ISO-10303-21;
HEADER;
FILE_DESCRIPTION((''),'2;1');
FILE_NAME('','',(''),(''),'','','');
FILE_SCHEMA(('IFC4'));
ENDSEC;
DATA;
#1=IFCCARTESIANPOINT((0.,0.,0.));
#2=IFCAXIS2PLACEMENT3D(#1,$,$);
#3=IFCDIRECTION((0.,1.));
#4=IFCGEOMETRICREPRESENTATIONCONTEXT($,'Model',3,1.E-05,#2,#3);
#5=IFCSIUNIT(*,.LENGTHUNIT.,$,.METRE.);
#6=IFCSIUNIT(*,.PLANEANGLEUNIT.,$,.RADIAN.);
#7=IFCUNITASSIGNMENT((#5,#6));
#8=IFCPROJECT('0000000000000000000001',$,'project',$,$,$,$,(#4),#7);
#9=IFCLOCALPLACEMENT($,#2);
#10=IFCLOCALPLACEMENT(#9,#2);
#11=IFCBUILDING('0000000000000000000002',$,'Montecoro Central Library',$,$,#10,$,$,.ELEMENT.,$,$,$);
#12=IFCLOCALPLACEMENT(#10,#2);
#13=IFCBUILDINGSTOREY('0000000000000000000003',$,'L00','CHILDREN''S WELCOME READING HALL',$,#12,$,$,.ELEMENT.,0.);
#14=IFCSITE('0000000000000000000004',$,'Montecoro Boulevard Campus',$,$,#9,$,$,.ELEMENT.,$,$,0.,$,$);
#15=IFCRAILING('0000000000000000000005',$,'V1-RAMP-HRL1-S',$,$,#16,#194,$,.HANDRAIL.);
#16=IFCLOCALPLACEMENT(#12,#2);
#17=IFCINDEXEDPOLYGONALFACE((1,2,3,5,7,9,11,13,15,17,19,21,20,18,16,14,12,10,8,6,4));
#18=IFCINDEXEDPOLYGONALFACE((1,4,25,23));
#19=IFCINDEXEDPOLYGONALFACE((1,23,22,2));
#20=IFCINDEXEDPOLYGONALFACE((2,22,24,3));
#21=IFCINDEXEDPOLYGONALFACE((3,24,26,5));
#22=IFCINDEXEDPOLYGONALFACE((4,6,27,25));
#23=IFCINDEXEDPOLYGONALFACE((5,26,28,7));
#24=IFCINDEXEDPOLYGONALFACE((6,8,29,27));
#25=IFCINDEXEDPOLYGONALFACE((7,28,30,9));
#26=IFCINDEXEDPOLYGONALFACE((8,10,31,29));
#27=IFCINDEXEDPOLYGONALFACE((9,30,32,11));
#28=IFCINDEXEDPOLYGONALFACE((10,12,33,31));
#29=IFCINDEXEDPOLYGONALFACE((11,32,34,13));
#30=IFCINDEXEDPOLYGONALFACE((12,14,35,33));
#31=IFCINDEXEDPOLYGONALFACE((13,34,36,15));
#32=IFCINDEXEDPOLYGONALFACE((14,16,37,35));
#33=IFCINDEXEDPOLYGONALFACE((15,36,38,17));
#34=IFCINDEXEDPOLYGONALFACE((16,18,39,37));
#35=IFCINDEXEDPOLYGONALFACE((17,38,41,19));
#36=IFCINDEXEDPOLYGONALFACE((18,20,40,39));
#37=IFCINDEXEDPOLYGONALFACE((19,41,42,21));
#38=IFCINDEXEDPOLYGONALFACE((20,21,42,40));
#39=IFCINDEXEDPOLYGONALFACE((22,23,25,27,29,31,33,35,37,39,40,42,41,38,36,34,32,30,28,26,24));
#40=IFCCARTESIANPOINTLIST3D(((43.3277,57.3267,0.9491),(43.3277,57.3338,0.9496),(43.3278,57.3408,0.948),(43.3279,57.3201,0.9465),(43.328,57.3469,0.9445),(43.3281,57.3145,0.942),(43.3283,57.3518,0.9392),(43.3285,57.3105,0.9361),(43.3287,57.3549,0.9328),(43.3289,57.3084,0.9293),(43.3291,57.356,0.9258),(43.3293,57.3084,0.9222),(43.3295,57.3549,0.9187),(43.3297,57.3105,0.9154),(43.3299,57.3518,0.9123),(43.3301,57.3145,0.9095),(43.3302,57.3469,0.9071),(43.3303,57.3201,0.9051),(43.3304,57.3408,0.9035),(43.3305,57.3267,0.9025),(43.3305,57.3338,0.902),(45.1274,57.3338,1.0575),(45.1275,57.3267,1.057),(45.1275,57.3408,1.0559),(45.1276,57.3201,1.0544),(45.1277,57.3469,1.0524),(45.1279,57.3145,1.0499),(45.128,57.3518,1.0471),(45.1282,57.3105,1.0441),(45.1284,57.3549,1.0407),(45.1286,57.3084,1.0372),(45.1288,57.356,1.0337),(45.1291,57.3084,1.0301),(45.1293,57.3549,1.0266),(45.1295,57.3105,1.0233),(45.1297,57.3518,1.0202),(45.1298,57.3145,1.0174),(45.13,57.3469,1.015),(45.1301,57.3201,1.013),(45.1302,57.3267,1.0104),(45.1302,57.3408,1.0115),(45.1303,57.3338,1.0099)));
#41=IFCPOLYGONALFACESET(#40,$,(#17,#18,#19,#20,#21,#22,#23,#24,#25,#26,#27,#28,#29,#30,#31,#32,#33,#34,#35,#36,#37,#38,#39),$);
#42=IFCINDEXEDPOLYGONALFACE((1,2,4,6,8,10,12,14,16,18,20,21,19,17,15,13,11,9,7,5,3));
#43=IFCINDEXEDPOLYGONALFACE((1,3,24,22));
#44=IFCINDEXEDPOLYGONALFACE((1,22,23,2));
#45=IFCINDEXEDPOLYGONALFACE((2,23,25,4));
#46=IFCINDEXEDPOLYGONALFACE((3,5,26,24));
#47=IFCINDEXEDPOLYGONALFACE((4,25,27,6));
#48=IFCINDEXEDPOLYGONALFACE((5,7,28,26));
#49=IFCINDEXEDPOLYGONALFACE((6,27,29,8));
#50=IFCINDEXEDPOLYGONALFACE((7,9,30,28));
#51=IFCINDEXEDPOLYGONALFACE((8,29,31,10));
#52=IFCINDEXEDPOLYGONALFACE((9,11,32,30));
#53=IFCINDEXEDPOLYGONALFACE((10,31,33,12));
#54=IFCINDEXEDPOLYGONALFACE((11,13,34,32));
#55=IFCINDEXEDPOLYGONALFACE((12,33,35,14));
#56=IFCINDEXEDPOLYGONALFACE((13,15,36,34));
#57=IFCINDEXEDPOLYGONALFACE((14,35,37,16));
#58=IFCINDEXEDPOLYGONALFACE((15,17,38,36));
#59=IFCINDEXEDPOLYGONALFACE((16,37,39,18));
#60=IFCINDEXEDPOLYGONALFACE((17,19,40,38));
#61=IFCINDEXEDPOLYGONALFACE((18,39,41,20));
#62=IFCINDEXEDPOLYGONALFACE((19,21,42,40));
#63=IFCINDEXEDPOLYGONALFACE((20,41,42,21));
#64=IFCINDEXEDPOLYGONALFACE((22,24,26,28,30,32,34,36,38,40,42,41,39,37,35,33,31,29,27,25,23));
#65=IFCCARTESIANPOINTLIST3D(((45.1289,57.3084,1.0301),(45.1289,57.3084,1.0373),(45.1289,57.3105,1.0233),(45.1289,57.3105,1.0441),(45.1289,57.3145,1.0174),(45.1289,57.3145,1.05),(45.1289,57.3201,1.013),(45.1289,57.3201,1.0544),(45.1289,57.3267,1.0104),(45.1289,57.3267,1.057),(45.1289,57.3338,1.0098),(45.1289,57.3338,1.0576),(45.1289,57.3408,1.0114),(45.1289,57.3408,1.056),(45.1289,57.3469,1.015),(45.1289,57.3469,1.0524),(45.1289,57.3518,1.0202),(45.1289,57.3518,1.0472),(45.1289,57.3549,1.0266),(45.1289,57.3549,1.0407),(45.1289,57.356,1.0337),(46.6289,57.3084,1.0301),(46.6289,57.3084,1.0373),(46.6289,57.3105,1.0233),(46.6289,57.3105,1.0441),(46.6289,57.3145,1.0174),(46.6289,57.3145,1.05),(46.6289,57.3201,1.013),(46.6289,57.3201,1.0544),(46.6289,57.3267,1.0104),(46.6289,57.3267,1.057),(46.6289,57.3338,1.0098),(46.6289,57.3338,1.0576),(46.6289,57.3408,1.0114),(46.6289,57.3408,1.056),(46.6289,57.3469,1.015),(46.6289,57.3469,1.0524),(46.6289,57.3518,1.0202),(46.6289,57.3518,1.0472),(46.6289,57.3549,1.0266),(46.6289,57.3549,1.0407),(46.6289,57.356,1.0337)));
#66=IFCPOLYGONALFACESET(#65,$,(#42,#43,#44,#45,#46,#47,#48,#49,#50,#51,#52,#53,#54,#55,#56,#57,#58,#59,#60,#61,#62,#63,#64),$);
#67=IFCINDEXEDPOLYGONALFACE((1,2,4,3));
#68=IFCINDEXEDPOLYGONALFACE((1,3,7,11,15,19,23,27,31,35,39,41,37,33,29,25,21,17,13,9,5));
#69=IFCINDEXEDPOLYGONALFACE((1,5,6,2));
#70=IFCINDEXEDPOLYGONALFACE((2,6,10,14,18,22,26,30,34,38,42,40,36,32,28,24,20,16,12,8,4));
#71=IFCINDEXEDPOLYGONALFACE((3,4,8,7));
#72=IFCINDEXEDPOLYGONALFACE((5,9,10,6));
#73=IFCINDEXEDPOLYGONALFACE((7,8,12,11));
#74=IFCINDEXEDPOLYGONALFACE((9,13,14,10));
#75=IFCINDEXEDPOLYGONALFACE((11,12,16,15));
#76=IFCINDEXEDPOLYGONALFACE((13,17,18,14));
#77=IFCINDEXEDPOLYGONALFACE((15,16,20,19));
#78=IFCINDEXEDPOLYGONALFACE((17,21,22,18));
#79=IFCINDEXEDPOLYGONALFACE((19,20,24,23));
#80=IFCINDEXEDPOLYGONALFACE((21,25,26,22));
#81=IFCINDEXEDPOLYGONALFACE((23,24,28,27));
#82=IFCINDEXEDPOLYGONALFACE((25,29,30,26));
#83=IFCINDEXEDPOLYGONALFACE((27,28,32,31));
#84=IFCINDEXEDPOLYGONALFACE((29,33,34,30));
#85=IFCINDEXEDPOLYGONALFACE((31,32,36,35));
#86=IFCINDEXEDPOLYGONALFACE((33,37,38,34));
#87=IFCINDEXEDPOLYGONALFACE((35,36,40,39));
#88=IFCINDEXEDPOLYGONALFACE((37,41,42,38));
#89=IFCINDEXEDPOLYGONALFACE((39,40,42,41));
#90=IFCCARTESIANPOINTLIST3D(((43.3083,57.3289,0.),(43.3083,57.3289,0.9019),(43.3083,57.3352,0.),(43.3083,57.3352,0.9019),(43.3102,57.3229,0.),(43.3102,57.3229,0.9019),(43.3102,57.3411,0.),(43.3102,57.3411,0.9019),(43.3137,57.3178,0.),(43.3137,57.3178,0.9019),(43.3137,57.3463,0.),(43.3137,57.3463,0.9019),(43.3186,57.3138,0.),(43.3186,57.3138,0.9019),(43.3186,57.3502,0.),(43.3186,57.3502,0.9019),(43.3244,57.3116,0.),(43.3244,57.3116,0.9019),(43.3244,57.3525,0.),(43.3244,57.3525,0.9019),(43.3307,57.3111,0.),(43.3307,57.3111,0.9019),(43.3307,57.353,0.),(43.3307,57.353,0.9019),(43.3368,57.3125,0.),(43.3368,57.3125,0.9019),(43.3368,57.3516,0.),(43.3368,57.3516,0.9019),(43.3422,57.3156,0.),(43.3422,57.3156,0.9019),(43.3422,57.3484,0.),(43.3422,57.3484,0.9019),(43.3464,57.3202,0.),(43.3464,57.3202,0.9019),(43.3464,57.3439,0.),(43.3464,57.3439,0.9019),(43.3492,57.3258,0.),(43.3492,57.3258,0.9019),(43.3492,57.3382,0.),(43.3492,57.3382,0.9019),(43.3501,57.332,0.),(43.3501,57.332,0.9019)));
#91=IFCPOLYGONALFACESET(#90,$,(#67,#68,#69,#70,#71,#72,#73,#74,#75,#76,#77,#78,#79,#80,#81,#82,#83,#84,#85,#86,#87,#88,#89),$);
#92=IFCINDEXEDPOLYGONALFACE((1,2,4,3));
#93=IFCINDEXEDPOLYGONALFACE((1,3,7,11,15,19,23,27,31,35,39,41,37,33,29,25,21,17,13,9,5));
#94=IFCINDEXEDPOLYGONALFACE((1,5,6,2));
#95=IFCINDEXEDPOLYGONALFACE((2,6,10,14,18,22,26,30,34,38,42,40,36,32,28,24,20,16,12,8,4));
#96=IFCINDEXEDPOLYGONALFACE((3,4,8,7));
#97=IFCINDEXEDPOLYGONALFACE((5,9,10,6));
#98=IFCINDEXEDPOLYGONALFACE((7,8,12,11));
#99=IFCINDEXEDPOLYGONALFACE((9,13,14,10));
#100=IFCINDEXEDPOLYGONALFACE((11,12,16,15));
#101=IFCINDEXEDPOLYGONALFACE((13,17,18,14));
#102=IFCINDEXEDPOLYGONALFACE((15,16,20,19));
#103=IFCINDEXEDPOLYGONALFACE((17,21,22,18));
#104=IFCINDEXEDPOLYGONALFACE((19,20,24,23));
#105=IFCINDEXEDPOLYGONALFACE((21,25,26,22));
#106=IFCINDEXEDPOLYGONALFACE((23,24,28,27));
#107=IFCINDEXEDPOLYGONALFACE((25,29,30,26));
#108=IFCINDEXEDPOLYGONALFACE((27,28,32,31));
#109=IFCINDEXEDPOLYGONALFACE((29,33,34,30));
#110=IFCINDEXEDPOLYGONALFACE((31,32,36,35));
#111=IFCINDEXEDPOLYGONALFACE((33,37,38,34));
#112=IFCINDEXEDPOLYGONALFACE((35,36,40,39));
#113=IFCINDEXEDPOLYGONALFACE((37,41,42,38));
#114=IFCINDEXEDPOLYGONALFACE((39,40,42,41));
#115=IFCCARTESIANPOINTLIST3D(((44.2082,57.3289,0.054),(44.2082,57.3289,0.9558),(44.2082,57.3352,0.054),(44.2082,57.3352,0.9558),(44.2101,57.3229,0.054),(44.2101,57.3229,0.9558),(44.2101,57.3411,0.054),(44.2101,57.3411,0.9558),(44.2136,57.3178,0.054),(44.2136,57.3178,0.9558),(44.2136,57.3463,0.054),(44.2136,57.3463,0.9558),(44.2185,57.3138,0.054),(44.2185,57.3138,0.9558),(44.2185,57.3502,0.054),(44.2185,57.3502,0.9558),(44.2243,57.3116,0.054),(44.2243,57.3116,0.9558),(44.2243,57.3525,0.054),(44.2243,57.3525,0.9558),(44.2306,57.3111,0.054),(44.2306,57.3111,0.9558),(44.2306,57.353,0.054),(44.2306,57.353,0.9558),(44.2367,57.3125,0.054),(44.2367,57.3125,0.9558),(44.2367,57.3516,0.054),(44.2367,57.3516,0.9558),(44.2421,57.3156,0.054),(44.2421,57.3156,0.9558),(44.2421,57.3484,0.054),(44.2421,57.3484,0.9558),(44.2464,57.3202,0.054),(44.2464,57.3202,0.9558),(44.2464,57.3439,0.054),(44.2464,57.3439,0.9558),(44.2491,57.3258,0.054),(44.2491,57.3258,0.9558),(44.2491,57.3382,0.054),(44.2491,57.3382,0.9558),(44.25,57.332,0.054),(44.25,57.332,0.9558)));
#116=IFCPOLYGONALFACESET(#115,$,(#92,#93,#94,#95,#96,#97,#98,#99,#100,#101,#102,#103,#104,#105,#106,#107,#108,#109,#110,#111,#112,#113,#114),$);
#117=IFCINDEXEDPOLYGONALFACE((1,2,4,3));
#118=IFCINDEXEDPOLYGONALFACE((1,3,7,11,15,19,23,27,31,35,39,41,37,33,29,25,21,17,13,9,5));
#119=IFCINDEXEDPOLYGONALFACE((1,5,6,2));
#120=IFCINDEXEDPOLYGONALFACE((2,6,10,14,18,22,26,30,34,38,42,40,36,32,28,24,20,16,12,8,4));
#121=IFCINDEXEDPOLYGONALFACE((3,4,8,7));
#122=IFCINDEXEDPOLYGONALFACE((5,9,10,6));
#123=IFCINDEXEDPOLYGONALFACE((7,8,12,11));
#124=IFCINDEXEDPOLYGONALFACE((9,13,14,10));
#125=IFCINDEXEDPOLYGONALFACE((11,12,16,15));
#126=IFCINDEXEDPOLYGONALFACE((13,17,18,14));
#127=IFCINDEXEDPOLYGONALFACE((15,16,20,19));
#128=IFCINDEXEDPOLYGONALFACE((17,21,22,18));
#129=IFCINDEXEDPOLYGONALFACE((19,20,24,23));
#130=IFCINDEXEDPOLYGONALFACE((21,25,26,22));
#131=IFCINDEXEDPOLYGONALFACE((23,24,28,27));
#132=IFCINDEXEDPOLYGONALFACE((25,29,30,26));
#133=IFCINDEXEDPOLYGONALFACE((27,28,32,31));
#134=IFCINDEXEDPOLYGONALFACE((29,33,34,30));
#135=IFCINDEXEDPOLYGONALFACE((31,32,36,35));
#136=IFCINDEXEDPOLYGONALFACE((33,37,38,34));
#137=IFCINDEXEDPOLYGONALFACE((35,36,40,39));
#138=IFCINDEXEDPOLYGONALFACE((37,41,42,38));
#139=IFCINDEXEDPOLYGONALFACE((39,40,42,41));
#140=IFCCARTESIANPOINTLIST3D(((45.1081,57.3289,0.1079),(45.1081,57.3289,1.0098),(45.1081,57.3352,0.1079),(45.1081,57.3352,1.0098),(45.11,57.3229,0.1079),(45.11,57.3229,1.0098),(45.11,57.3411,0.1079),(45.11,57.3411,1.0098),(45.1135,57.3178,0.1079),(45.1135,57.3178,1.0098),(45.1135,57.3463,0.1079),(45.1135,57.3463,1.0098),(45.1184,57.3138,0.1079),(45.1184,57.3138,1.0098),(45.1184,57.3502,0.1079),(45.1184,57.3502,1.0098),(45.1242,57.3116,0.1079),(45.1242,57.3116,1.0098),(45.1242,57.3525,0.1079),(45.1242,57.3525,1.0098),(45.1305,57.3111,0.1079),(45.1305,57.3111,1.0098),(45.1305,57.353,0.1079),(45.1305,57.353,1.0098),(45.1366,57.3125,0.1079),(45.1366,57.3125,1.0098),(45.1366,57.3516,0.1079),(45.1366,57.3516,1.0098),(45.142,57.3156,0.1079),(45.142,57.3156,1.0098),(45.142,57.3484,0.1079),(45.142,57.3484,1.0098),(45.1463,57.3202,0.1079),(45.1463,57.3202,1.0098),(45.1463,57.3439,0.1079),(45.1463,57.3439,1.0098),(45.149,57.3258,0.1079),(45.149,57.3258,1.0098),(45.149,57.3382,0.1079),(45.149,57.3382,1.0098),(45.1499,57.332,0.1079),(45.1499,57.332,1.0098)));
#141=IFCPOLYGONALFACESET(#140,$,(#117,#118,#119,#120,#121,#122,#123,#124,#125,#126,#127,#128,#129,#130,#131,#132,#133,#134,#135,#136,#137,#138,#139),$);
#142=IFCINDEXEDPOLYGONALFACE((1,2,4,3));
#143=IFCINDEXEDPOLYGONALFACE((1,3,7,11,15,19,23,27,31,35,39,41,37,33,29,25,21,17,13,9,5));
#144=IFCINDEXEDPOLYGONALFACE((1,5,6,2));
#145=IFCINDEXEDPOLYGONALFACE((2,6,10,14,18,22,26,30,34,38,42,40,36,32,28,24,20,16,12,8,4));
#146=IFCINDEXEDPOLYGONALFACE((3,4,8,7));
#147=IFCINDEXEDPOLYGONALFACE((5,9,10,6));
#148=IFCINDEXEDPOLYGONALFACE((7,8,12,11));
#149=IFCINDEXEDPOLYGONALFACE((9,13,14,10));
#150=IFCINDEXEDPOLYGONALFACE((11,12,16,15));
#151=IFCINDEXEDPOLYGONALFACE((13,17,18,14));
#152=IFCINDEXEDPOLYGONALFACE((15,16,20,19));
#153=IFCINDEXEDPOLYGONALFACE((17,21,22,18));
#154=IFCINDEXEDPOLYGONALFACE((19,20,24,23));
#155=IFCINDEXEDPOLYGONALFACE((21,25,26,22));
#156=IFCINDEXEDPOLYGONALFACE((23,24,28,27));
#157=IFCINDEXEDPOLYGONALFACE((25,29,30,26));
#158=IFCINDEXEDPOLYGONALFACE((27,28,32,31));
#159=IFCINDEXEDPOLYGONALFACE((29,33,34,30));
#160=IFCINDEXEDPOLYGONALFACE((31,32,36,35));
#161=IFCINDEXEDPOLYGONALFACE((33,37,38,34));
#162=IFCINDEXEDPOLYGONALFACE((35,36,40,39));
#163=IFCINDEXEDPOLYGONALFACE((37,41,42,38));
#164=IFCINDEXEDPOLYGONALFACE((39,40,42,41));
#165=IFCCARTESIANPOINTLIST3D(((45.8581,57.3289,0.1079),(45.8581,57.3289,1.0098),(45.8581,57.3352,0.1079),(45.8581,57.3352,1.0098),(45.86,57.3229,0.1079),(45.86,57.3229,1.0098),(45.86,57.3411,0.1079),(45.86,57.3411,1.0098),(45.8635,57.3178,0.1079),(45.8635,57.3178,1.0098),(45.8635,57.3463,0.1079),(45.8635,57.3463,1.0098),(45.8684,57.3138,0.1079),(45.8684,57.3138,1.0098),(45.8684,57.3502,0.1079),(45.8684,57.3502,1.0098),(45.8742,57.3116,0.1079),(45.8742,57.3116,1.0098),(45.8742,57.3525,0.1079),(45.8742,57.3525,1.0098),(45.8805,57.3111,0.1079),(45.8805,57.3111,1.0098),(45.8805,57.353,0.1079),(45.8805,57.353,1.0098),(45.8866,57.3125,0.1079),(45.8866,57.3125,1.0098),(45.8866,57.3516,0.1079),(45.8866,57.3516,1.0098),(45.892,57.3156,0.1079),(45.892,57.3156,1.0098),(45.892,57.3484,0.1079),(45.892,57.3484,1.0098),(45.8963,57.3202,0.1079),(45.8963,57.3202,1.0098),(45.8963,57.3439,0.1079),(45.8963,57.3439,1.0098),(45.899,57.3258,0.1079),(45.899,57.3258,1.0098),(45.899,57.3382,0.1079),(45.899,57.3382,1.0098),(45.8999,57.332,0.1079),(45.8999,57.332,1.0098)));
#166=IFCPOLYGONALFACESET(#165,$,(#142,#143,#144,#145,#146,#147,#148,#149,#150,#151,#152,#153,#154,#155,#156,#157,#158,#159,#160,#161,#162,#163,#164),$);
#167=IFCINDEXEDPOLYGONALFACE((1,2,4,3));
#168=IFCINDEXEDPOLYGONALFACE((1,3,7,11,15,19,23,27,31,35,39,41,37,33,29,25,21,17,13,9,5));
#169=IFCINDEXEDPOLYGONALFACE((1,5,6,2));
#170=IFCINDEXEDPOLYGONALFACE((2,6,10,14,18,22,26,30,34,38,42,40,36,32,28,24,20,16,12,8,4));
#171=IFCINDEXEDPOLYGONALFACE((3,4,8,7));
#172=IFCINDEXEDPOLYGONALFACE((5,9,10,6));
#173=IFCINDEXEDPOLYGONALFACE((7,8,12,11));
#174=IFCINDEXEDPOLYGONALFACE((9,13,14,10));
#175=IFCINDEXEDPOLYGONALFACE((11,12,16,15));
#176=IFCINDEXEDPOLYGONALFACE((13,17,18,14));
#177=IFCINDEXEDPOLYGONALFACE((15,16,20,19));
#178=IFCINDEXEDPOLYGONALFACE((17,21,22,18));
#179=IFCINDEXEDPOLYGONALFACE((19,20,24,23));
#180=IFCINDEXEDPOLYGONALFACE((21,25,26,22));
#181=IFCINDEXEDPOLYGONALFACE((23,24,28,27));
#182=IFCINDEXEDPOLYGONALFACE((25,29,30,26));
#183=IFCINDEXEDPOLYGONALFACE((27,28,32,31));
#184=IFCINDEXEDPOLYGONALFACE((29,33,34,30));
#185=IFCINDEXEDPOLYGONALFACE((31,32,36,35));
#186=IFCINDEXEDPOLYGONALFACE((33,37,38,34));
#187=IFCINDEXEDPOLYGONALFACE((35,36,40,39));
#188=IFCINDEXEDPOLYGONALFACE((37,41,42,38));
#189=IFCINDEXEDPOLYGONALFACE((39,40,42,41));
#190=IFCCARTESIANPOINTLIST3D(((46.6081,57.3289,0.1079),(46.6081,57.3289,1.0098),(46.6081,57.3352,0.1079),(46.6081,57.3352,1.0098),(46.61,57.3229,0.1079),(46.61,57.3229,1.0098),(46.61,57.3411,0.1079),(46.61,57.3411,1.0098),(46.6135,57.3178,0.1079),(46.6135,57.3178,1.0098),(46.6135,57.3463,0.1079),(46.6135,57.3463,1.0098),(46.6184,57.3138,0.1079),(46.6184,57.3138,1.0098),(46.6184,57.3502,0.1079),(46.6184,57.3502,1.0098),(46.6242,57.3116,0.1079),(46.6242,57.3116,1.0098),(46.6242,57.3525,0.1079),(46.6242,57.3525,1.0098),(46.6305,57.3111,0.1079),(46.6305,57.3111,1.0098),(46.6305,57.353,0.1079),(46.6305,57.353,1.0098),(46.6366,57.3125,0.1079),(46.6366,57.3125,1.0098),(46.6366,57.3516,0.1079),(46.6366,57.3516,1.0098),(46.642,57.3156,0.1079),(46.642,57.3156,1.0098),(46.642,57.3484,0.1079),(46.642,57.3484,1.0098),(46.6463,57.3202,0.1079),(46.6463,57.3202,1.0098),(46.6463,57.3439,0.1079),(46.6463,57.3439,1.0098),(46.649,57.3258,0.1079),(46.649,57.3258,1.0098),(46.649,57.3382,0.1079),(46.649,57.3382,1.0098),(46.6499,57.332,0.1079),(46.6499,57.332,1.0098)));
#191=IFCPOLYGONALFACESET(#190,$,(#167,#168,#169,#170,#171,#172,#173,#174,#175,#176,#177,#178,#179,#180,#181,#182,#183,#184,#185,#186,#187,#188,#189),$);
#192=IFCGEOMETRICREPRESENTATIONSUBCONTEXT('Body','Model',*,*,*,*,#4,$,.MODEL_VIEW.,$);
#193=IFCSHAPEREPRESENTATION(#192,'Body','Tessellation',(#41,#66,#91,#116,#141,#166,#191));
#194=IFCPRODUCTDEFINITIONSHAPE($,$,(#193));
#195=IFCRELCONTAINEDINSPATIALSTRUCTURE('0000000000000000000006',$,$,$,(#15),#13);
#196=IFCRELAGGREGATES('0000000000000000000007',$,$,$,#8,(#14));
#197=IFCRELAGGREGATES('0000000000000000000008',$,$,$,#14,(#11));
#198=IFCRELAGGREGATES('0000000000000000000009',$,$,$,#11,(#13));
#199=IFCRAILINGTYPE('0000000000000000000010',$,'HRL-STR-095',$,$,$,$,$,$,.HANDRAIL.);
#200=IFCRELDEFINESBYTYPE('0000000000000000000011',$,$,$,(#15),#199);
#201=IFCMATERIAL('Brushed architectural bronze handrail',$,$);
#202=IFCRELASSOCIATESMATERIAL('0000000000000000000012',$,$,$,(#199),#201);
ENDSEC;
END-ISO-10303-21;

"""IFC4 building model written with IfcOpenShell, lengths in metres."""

from ifc_helpers import new_model, si_unit, direction, frame, origin, origin_2d, place, context, subcontext, project, spatial, circle, extrude, material, type_object, element, save


model = new_model("IFC4")

# Units and contexts
model_context = context("Model", 3, precision=1e-05, world=origin(), true_north=direction((0.0, 1.0)))
body_context = subcontext(model_context, "Body", "Model", "MODEL_VIEW")
ifc_project = project(units=[si_unit("LENGTHUNIT", "METRE"), si_unit("PLANEANGLEUNIT", "RADIAN")], contexts=[model_context])

# Site, building, storey
site_placement = place(None, origin())
site = spatial("IfcSite", under=ifc_project, at=site_placement, Name="Montecoro Boulevard Campus", CompositionType="ELEMENT", RefElevation=0.0)
building_placement = place(site_placement, origin())
building = spatial("IfcBuilding", under=site, at=building_placement, Name="Montecoro Central Library", CompositionType="ELEMENT")
storey_placement = place(building_placement, origin())
storey = spatial("IfcBuildingStorey", under=building, at=storey_placement, Name="L00", Description="CHILDREN'S WELCOME READING HALL", CompositionType="ELEMENT", Elevation=0.0)

# Railing
ifc_material_1 = material(Name="Brushed architectural bronze handrail")
railing_type = type_object("IfcRailingType", Name="HRL-STR-095", PredefinedType="HANDRAIL", material=ifc_material_1)
for number, where, name in (
    (1, (43.3291, 57.332, 0.0), "V1-RAMP-HRL1-S"),
):
    element("IfcRailing", number, at=place(storey_placement, frame(where)), inside=storey, type_object=railing_type, Name=name, PredefinedType="HANDRAIL", context=body_context, shape_type="SweptSolid", body=[
        extrude(circle(Radius=0.0239, at=origin_2d()), frame((0.0, 0.0, 0.9258), z_axis=(0.998207, 0.0, 0.059849), x_axis=(0.0, 1.0, 0.0)), (0.0, 0.0, 1.0), 1.803),
        extrude(circle(Radius=0.0239, at=origin_2d()), frame((1.7998, 0.0, 1.0337), z_axis=(1.0, 0.0, 0.0), x_axis=(0.0, 1.0, 0.0)), (0.0, 0.0, 1.0), 1.5),
        extrude(circle(Radius=0.021, at=origin_2d()), origin(), (0.0, 0.0, 1.0), 0.9019),
        extrude(circle(Radius=0.021, at=origin_2d()), frame((0.8999, 0.0, 0.054)), (0.0, 0.0, 1.0), 0.9019),
        extrude(circle(Radius=0.021, at=origin_2d()), frame((1.7998, 0.0, 0.1079)), (0.0, 0.0, 1.0), 0.9019),
        extrude(circle(Radius=0.021, at=origin_2d()), frame((2.5498, 0.0, 0.1079)), (0.0, 0.0, 1.0), 0.9019),
        extrude(circle(Radius=0.021, at=origin_2d()), frame((3.2998, 0.0, 0.1079)), (0.0, 0.0, 1.0), 0.9019),
    ])

save(model, "model.ifc")
